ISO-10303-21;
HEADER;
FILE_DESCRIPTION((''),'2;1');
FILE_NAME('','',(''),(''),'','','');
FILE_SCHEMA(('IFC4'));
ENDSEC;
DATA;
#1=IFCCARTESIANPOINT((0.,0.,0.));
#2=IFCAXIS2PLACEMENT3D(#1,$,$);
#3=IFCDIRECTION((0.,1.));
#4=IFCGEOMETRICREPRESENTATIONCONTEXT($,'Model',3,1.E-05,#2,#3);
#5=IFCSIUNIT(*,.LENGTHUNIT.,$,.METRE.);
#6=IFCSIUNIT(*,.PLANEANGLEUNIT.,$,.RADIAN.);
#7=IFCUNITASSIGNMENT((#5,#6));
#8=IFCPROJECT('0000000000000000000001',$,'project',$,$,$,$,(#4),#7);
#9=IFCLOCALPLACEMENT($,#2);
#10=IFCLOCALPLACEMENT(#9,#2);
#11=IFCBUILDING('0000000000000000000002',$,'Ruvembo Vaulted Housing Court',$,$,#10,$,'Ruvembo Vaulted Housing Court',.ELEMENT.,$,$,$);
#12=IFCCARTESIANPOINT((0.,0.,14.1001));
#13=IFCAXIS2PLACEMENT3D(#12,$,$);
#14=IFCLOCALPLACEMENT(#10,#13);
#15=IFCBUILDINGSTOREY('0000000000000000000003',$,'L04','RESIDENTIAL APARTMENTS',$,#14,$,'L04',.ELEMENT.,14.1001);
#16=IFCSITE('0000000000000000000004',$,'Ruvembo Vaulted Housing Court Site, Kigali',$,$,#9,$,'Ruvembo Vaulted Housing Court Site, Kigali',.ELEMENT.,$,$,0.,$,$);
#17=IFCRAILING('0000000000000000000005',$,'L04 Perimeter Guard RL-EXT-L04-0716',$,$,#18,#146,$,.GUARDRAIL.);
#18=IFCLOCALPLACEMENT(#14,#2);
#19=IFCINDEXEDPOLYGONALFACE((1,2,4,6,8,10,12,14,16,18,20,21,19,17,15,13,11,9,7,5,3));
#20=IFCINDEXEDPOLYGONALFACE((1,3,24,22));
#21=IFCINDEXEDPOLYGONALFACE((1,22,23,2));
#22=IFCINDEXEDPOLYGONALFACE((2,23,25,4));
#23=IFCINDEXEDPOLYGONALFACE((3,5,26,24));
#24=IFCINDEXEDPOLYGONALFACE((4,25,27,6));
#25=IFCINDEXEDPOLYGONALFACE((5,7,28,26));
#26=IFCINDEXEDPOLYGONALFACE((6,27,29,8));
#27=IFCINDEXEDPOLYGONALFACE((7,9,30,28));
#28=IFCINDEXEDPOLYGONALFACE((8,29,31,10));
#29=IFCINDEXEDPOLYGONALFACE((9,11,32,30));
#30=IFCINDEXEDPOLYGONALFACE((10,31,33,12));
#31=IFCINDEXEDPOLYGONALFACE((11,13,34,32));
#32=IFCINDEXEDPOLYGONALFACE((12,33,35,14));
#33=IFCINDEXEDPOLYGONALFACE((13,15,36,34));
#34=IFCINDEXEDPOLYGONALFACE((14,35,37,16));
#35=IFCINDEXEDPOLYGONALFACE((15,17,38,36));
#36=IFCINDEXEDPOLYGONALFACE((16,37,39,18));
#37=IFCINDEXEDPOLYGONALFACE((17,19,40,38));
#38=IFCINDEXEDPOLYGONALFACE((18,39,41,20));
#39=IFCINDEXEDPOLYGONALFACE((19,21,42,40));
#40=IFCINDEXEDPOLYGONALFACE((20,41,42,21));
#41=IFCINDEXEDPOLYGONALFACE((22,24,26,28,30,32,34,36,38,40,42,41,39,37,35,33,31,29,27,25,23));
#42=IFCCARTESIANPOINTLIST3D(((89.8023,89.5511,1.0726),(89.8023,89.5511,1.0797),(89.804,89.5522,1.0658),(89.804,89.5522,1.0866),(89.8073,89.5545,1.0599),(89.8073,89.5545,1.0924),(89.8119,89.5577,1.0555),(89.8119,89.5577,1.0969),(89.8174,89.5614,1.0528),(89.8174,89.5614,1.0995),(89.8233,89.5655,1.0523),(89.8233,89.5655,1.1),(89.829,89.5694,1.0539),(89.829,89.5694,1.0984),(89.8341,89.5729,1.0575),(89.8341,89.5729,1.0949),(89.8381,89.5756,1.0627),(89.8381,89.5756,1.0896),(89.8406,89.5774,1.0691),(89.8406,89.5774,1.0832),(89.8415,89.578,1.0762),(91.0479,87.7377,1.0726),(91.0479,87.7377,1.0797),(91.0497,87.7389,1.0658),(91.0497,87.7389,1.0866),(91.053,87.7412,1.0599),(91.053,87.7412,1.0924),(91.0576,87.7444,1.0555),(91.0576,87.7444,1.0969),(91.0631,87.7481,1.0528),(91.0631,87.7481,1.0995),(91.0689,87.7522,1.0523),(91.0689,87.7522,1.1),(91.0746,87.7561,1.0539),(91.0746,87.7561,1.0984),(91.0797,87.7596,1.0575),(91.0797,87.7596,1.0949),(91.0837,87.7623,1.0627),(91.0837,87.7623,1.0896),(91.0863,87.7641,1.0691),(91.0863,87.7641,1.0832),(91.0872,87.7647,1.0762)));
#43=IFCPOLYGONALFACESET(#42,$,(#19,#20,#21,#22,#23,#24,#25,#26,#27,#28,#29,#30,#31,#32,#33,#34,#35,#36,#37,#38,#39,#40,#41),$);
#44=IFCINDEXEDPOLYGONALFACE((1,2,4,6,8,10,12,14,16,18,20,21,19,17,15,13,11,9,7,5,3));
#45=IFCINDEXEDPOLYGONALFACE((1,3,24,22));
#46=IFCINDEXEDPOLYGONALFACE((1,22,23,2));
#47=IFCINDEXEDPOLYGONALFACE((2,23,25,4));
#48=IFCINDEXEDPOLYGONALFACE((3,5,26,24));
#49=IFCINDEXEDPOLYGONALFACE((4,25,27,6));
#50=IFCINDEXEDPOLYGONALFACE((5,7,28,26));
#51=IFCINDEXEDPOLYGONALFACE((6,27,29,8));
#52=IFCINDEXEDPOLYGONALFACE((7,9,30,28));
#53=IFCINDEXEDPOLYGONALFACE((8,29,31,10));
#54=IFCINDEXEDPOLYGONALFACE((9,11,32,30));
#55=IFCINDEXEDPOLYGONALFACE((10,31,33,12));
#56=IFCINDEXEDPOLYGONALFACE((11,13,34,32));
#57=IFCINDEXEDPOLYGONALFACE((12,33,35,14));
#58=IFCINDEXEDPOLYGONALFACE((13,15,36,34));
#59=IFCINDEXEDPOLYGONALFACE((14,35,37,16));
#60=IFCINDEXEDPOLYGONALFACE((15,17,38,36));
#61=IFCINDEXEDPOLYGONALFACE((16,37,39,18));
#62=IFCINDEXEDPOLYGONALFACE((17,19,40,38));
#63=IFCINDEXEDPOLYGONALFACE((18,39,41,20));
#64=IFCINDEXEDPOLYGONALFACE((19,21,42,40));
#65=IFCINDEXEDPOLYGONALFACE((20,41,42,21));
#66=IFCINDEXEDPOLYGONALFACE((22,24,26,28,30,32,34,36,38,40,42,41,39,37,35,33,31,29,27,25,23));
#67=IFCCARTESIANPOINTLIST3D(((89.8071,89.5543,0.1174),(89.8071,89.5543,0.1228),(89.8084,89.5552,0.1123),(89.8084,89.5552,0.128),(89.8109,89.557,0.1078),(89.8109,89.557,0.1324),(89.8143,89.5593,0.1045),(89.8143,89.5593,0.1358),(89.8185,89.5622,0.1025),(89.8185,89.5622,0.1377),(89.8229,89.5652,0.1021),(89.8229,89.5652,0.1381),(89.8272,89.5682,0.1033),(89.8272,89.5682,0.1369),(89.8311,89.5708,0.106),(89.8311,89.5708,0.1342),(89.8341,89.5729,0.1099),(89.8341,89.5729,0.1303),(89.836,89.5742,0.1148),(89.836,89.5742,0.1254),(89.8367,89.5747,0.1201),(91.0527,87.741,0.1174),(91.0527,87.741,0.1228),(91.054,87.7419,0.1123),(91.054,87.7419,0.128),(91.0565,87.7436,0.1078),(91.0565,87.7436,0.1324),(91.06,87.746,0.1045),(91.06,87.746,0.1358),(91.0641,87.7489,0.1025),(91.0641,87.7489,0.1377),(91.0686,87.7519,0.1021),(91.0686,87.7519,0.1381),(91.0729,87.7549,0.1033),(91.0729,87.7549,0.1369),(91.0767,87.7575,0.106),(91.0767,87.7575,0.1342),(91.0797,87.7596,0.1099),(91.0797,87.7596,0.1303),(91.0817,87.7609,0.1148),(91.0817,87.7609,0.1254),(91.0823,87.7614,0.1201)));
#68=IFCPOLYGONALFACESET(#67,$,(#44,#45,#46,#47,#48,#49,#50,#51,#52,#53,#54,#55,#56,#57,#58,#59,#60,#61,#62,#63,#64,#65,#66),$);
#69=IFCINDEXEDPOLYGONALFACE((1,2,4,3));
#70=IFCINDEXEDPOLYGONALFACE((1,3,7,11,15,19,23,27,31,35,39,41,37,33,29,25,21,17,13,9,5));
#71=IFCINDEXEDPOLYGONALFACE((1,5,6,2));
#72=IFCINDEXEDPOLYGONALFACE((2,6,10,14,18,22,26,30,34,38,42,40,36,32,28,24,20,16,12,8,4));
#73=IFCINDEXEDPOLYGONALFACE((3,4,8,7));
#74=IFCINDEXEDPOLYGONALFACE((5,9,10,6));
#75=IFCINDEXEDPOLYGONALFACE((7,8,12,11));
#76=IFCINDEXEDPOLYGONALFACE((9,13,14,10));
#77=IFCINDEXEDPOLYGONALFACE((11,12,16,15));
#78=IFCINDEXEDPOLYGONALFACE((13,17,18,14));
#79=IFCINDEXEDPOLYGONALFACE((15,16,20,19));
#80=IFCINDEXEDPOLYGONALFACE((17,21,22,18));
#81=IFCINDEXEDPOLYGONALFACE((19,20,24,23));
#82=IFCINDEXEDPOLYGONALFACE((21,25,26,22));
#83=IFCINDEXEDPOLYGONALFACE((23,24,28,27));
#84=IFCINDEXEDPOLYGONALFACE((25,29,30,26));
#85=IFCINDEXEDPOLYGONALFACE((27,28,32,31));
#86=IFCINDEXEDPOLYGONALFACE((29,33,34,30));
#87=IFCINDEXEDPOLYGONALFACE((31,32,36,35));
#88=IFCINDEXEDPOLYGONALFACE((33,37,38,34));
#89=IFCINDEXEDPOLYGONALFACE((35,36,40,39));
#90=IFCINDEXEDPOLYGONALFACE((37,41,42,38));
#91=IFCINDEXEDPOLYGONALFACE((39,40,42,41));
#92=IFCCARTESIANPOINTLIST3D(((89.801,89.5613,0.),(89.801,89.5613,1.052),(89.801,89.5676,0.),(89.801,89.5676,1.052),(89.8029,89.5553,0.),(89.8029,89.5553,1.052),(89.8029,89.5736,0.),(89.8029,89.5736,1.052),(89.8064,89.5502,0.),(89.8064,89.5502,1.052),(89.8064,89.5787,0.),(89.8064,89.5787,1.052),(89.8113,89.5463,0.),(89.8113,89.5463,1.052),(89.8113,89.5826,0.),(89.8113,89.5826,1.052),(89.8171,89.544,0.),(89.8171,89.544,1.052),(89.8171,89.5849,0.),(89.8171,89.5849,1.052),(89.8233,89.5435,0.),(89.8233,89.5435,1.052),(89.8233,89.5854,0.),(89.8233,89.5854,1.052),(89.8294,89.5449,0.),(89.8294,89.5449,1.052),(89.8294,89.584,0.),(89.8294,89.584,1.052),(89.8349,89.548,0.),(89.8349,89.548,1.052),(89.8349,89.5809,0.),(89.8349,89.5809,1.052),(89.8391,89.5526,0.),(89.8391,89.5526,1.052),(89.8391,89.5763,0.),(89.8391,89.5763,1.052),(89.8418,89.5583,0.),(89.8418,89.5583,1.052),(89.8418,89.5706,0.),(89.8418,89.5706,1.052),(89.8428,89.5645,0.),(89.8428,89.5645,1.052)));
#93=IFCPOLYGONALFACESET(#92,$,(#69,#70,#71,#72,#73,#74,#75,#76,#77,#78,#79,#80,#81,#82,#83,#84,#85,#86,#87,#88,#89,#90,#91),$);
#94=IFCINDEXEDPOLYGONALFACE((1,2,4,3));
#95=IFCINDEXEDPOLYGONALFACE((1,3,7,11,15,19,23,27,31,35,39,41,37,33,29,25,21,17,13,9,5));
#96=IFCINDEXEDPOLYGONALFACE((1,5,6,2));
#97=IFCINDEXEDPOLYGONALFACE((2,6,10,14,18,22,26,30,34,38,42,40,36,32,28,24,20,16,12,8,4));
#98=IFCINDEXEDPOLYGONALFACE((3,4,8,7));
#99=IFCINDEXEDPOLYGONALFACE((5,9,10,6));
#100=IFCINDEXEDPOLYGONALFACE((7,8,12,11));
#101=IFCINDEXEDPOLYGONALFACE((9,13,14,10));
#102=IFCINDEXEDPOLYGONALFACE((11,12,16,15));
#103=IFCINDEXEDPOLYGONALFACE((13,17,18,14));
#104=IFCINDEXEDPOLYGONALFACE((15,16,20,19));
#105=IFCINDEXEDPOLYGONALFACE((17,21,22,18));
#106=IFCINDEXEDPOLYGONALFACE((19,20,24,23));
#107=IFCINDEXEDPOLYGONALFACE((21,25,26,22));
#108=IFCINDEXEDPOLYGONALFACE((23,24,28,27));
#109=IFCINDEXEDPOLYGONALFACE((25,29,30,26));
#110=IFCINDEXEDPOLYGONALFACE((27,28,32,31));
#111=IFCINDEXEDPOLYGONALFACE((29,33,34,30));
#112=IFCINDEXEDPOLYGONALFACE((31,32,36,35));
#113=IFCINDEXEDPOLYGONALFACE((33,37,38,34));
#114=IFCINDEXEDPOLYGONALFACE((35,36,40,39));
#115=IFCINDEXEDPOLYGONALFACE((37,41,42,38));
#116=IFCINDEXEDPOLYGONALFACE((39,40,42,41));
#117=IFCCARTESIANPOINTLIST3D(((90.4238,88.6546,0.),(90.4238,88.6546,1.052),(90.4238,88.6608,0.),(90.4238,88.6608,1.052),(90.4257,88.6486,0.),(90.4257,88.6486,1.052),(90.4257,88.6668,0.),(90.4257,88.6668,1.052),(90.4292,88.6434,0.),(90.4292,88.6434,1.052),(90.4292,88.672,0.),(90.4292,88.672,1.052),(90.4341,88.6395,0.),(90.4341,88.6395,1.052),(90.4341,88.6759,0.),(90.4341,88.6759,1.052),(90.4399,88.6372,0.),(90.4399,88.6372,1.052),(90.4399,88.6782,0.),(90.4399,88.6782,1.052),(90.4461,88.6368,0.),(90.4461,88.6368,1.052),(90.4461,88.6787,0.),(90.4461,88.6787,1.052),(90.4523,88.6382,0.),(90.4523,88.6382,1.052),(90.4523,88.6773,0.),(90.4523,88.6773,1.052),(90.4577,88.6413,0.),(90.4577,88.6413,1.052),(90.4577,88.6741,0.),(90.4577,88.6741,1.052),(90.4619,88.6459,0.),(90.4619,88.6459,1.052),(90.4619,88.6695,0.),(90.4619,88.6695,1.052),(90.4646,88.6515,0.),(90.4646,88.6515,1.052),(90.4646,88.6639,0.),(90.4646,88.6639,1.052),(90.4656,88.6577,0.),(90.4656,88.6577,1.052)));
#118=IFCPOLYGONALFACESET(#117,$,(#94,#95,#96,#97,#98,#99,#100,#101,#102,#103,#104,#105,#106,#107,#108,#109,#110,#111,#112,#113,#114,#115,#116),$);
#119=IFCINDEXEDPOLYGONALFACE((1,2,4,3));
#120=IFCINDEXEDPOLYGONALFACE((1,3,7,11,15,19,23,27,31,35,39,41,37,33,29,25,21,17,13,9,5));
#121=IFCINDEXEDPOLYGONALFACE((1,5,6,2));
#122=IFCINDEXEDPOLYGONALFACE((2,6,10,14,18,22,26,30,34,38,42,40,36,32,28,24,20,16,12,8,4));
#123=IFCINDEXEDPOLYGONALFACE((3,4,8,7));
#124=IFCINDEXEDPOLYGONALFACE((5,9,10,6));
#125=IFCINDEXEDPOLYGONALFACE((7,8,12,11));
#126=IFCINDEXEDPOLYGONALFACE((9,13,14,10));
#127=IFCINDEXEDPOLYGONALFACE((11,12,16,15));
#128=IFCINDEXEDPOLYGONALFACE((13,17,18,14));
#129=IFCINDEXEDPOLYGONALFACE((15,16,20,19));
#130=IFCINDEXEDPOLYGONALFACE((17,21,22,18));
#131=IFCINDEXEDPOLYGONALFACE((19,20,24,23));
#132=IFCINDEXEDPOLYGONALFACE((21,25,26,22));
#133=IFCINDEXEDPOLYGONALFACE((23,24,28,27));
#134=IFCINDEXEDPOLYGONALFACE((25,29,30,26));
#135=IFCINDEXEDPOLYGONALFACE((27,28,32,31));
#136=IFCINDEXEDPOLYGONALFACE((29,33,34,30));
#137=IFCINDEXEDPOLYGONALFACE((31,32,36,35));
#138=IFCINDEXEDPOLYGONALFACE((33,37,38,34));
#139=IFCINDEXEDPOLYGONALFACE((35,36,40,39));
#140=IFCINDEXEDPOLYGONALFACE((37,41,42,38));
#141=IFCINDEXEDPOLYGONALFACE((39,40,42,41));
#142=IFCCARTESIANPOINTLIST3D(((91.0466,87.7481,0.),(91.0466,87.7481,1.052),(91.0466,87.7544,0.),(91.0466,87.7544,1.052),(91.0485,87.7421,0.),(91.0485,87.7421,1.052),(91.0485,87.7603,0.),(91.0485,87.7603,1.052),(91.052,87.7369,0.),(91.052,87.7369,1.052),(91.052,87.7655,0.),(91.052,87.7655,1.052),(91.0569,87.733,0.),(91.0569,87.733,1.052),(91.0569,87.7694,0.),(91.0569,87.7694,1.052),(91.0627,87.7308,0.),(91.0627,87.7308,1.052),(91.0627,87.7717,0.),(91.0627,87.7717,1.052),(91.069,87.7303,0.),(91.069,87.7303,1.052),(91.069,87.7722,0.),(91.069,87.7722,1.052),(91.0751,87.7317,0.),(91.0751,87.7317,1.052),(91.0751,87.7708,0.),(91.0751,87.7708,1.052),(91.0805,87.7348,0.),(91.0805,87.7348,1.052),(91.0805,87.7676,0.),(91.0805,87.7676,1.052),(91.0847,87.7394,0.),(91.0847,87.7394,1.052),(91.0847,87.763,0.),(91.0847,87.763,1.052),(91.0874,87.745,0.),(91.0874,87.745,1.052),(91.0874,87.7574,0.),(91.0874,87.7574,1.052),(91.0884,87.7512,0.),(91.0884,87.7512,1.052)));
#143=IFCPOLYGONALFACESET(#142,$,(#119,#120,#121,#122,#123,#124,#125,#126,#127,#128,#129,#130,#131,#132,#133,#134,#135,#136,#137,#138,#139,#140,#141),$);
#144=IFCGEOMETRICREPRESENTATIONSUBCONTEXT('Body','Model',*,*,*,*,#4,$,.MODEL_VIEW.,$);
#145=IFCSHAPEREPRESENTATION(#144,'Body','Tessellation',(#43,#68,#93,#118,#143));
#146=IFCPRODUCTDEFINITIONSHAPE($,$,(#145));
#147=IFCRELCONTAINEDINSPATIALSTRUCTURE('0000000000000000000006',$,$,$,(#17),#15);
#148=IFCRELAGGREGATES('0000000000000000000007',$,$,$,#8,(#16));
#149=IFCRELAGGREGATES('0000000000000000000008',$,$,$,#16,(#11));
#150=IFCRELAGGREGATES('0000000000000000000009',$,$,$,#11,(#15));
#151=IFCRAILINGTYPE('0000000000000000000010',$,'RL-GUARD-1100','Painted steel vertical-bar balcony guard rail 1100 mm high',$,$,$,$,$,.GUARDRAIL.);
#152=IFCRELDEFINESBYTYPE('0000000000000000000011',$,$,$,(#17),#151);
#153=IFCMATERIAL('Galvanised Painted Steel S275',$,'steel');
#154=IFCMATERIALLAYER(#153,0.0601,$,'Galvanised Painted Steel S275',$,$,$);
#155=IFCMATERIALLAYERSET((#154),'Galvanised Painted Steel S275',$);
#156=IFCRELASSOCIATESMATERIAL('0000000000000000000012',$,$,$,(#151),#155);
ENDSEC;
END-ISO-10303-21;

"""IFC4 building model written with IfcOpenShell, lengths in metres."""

from ifc_helpers import new_model, si_unit, direction, frame, origin, origin_2d, place, context, subcontext, project, spatial, circle, extrude, material, layer, layer_set, type_object, element, save


model = new_model("IFC4")

# Units and contexts
model_context = context("Model", 3, precision=1e-05, world=origin(), true_north=direction((0.0, 1.0)))
body_context = subcontext(model_context, "Body", "Model", "MODEL_VIEW")
ifc_project = project(units=[si_unit("LENGTHUNIT", "METRE"), si_unit("PLANEANGLEUNIT", "RADIAN")], contexts=[model_context])

# Site, building, storey
site_placement = place(None, origin())
site = spatial("IfcSite", under=ifc_project, at=site_placement, Name="Ruvembo Vaulted Housing Court Site, Kigali", LongName="Ruvembo Vaulted Housing Court Site, Kigali", CompositionType="ELEMENT", RefElevation=0.0)
building_placement = place(site_placement, origin())
building = spatial("IfcBuilding", under=site, at=building_placement, Name="Ruvembo Vaulted Housing Court", LongName="Ruvembo Vaulted Housing Court", CompositionType="ELEMENT")
storey_placement = place(building_placement, frame((0.0, 0.0, 14.1001)))
storey = spatial("IfcBuildingStorey", under=building, at=storey_placement, Name="L04", Description="RESIDENTIAL APARTMENTS", LongName="L04", CompositionType="ELEMENT", Elevation=14.1001)

# Railing
ifc_material_1 = material(Name="Galvanised Painted Steel S275", Category="steel")
ifc_layer_1 = layer(ifc_material_1, 0.0601, Name="Galvanised Painted Steel S275")
ifc_layer_set_1 = layer_set([ifc_layer_1], Name="Galvanised Painted Steel S275")
railing_type = type_object("IfcRailingType", Name="RL-GUARD-1100", Description="Painted steel vertical-bar balcony guard rail 1100 mm high", PredefinedType="GUARDRAIL", material=ifc_layer_set_1)
railing_1_placement = place(storey_placement, frame((89.8218, 89.5645, 0.0)))
element("IfcRailing", 1, at=railing_1_placement, inside=storey, type_object=railing_type, Name="L04 Perimeter Guard RL-EXT-L04-0716", PredefinedType="GUARDRAIL", context=body_context, shape_type="SweptSolid", body=[
    extrude(circle(Radius=0.0239, at=origin_2d()), frame((0.0, 0.0, 1.0762), z_axis=(0.566223, -0.824252, 0.0), x_axis=(0.824252, 0.566223, 0.0)), (0.0, 0.0, 1.0), 2.2),
    extrude(circle(Radius=0.0181, at=origin_2d()), frame((0.0, 0.0, 0.1201), z_axis=(0.566223, -0.824252, 0.0), x_axis=(0.824252, 0.566223, 0.0)), (0.0, 0.0, 1.0), 2.2),
    extrude(circle(Radius=0.021, at=origin_2d()), origin(), (0.0, 0.0, 1.0), 1.052),
    extrude(circle(Radius=0.021, at=origin_2d()), frame((0.6228, -0.9067, 0.0)), (0.0, 0.0, 1.0), 1.052),
    extrude(circle(Radius=0.021, at=origin_2d()), frame((1.2456, -1.8132, 0.0)), (0.0, 0.0, 1.0), 1.052),
])

save(model, "model.ifc")
